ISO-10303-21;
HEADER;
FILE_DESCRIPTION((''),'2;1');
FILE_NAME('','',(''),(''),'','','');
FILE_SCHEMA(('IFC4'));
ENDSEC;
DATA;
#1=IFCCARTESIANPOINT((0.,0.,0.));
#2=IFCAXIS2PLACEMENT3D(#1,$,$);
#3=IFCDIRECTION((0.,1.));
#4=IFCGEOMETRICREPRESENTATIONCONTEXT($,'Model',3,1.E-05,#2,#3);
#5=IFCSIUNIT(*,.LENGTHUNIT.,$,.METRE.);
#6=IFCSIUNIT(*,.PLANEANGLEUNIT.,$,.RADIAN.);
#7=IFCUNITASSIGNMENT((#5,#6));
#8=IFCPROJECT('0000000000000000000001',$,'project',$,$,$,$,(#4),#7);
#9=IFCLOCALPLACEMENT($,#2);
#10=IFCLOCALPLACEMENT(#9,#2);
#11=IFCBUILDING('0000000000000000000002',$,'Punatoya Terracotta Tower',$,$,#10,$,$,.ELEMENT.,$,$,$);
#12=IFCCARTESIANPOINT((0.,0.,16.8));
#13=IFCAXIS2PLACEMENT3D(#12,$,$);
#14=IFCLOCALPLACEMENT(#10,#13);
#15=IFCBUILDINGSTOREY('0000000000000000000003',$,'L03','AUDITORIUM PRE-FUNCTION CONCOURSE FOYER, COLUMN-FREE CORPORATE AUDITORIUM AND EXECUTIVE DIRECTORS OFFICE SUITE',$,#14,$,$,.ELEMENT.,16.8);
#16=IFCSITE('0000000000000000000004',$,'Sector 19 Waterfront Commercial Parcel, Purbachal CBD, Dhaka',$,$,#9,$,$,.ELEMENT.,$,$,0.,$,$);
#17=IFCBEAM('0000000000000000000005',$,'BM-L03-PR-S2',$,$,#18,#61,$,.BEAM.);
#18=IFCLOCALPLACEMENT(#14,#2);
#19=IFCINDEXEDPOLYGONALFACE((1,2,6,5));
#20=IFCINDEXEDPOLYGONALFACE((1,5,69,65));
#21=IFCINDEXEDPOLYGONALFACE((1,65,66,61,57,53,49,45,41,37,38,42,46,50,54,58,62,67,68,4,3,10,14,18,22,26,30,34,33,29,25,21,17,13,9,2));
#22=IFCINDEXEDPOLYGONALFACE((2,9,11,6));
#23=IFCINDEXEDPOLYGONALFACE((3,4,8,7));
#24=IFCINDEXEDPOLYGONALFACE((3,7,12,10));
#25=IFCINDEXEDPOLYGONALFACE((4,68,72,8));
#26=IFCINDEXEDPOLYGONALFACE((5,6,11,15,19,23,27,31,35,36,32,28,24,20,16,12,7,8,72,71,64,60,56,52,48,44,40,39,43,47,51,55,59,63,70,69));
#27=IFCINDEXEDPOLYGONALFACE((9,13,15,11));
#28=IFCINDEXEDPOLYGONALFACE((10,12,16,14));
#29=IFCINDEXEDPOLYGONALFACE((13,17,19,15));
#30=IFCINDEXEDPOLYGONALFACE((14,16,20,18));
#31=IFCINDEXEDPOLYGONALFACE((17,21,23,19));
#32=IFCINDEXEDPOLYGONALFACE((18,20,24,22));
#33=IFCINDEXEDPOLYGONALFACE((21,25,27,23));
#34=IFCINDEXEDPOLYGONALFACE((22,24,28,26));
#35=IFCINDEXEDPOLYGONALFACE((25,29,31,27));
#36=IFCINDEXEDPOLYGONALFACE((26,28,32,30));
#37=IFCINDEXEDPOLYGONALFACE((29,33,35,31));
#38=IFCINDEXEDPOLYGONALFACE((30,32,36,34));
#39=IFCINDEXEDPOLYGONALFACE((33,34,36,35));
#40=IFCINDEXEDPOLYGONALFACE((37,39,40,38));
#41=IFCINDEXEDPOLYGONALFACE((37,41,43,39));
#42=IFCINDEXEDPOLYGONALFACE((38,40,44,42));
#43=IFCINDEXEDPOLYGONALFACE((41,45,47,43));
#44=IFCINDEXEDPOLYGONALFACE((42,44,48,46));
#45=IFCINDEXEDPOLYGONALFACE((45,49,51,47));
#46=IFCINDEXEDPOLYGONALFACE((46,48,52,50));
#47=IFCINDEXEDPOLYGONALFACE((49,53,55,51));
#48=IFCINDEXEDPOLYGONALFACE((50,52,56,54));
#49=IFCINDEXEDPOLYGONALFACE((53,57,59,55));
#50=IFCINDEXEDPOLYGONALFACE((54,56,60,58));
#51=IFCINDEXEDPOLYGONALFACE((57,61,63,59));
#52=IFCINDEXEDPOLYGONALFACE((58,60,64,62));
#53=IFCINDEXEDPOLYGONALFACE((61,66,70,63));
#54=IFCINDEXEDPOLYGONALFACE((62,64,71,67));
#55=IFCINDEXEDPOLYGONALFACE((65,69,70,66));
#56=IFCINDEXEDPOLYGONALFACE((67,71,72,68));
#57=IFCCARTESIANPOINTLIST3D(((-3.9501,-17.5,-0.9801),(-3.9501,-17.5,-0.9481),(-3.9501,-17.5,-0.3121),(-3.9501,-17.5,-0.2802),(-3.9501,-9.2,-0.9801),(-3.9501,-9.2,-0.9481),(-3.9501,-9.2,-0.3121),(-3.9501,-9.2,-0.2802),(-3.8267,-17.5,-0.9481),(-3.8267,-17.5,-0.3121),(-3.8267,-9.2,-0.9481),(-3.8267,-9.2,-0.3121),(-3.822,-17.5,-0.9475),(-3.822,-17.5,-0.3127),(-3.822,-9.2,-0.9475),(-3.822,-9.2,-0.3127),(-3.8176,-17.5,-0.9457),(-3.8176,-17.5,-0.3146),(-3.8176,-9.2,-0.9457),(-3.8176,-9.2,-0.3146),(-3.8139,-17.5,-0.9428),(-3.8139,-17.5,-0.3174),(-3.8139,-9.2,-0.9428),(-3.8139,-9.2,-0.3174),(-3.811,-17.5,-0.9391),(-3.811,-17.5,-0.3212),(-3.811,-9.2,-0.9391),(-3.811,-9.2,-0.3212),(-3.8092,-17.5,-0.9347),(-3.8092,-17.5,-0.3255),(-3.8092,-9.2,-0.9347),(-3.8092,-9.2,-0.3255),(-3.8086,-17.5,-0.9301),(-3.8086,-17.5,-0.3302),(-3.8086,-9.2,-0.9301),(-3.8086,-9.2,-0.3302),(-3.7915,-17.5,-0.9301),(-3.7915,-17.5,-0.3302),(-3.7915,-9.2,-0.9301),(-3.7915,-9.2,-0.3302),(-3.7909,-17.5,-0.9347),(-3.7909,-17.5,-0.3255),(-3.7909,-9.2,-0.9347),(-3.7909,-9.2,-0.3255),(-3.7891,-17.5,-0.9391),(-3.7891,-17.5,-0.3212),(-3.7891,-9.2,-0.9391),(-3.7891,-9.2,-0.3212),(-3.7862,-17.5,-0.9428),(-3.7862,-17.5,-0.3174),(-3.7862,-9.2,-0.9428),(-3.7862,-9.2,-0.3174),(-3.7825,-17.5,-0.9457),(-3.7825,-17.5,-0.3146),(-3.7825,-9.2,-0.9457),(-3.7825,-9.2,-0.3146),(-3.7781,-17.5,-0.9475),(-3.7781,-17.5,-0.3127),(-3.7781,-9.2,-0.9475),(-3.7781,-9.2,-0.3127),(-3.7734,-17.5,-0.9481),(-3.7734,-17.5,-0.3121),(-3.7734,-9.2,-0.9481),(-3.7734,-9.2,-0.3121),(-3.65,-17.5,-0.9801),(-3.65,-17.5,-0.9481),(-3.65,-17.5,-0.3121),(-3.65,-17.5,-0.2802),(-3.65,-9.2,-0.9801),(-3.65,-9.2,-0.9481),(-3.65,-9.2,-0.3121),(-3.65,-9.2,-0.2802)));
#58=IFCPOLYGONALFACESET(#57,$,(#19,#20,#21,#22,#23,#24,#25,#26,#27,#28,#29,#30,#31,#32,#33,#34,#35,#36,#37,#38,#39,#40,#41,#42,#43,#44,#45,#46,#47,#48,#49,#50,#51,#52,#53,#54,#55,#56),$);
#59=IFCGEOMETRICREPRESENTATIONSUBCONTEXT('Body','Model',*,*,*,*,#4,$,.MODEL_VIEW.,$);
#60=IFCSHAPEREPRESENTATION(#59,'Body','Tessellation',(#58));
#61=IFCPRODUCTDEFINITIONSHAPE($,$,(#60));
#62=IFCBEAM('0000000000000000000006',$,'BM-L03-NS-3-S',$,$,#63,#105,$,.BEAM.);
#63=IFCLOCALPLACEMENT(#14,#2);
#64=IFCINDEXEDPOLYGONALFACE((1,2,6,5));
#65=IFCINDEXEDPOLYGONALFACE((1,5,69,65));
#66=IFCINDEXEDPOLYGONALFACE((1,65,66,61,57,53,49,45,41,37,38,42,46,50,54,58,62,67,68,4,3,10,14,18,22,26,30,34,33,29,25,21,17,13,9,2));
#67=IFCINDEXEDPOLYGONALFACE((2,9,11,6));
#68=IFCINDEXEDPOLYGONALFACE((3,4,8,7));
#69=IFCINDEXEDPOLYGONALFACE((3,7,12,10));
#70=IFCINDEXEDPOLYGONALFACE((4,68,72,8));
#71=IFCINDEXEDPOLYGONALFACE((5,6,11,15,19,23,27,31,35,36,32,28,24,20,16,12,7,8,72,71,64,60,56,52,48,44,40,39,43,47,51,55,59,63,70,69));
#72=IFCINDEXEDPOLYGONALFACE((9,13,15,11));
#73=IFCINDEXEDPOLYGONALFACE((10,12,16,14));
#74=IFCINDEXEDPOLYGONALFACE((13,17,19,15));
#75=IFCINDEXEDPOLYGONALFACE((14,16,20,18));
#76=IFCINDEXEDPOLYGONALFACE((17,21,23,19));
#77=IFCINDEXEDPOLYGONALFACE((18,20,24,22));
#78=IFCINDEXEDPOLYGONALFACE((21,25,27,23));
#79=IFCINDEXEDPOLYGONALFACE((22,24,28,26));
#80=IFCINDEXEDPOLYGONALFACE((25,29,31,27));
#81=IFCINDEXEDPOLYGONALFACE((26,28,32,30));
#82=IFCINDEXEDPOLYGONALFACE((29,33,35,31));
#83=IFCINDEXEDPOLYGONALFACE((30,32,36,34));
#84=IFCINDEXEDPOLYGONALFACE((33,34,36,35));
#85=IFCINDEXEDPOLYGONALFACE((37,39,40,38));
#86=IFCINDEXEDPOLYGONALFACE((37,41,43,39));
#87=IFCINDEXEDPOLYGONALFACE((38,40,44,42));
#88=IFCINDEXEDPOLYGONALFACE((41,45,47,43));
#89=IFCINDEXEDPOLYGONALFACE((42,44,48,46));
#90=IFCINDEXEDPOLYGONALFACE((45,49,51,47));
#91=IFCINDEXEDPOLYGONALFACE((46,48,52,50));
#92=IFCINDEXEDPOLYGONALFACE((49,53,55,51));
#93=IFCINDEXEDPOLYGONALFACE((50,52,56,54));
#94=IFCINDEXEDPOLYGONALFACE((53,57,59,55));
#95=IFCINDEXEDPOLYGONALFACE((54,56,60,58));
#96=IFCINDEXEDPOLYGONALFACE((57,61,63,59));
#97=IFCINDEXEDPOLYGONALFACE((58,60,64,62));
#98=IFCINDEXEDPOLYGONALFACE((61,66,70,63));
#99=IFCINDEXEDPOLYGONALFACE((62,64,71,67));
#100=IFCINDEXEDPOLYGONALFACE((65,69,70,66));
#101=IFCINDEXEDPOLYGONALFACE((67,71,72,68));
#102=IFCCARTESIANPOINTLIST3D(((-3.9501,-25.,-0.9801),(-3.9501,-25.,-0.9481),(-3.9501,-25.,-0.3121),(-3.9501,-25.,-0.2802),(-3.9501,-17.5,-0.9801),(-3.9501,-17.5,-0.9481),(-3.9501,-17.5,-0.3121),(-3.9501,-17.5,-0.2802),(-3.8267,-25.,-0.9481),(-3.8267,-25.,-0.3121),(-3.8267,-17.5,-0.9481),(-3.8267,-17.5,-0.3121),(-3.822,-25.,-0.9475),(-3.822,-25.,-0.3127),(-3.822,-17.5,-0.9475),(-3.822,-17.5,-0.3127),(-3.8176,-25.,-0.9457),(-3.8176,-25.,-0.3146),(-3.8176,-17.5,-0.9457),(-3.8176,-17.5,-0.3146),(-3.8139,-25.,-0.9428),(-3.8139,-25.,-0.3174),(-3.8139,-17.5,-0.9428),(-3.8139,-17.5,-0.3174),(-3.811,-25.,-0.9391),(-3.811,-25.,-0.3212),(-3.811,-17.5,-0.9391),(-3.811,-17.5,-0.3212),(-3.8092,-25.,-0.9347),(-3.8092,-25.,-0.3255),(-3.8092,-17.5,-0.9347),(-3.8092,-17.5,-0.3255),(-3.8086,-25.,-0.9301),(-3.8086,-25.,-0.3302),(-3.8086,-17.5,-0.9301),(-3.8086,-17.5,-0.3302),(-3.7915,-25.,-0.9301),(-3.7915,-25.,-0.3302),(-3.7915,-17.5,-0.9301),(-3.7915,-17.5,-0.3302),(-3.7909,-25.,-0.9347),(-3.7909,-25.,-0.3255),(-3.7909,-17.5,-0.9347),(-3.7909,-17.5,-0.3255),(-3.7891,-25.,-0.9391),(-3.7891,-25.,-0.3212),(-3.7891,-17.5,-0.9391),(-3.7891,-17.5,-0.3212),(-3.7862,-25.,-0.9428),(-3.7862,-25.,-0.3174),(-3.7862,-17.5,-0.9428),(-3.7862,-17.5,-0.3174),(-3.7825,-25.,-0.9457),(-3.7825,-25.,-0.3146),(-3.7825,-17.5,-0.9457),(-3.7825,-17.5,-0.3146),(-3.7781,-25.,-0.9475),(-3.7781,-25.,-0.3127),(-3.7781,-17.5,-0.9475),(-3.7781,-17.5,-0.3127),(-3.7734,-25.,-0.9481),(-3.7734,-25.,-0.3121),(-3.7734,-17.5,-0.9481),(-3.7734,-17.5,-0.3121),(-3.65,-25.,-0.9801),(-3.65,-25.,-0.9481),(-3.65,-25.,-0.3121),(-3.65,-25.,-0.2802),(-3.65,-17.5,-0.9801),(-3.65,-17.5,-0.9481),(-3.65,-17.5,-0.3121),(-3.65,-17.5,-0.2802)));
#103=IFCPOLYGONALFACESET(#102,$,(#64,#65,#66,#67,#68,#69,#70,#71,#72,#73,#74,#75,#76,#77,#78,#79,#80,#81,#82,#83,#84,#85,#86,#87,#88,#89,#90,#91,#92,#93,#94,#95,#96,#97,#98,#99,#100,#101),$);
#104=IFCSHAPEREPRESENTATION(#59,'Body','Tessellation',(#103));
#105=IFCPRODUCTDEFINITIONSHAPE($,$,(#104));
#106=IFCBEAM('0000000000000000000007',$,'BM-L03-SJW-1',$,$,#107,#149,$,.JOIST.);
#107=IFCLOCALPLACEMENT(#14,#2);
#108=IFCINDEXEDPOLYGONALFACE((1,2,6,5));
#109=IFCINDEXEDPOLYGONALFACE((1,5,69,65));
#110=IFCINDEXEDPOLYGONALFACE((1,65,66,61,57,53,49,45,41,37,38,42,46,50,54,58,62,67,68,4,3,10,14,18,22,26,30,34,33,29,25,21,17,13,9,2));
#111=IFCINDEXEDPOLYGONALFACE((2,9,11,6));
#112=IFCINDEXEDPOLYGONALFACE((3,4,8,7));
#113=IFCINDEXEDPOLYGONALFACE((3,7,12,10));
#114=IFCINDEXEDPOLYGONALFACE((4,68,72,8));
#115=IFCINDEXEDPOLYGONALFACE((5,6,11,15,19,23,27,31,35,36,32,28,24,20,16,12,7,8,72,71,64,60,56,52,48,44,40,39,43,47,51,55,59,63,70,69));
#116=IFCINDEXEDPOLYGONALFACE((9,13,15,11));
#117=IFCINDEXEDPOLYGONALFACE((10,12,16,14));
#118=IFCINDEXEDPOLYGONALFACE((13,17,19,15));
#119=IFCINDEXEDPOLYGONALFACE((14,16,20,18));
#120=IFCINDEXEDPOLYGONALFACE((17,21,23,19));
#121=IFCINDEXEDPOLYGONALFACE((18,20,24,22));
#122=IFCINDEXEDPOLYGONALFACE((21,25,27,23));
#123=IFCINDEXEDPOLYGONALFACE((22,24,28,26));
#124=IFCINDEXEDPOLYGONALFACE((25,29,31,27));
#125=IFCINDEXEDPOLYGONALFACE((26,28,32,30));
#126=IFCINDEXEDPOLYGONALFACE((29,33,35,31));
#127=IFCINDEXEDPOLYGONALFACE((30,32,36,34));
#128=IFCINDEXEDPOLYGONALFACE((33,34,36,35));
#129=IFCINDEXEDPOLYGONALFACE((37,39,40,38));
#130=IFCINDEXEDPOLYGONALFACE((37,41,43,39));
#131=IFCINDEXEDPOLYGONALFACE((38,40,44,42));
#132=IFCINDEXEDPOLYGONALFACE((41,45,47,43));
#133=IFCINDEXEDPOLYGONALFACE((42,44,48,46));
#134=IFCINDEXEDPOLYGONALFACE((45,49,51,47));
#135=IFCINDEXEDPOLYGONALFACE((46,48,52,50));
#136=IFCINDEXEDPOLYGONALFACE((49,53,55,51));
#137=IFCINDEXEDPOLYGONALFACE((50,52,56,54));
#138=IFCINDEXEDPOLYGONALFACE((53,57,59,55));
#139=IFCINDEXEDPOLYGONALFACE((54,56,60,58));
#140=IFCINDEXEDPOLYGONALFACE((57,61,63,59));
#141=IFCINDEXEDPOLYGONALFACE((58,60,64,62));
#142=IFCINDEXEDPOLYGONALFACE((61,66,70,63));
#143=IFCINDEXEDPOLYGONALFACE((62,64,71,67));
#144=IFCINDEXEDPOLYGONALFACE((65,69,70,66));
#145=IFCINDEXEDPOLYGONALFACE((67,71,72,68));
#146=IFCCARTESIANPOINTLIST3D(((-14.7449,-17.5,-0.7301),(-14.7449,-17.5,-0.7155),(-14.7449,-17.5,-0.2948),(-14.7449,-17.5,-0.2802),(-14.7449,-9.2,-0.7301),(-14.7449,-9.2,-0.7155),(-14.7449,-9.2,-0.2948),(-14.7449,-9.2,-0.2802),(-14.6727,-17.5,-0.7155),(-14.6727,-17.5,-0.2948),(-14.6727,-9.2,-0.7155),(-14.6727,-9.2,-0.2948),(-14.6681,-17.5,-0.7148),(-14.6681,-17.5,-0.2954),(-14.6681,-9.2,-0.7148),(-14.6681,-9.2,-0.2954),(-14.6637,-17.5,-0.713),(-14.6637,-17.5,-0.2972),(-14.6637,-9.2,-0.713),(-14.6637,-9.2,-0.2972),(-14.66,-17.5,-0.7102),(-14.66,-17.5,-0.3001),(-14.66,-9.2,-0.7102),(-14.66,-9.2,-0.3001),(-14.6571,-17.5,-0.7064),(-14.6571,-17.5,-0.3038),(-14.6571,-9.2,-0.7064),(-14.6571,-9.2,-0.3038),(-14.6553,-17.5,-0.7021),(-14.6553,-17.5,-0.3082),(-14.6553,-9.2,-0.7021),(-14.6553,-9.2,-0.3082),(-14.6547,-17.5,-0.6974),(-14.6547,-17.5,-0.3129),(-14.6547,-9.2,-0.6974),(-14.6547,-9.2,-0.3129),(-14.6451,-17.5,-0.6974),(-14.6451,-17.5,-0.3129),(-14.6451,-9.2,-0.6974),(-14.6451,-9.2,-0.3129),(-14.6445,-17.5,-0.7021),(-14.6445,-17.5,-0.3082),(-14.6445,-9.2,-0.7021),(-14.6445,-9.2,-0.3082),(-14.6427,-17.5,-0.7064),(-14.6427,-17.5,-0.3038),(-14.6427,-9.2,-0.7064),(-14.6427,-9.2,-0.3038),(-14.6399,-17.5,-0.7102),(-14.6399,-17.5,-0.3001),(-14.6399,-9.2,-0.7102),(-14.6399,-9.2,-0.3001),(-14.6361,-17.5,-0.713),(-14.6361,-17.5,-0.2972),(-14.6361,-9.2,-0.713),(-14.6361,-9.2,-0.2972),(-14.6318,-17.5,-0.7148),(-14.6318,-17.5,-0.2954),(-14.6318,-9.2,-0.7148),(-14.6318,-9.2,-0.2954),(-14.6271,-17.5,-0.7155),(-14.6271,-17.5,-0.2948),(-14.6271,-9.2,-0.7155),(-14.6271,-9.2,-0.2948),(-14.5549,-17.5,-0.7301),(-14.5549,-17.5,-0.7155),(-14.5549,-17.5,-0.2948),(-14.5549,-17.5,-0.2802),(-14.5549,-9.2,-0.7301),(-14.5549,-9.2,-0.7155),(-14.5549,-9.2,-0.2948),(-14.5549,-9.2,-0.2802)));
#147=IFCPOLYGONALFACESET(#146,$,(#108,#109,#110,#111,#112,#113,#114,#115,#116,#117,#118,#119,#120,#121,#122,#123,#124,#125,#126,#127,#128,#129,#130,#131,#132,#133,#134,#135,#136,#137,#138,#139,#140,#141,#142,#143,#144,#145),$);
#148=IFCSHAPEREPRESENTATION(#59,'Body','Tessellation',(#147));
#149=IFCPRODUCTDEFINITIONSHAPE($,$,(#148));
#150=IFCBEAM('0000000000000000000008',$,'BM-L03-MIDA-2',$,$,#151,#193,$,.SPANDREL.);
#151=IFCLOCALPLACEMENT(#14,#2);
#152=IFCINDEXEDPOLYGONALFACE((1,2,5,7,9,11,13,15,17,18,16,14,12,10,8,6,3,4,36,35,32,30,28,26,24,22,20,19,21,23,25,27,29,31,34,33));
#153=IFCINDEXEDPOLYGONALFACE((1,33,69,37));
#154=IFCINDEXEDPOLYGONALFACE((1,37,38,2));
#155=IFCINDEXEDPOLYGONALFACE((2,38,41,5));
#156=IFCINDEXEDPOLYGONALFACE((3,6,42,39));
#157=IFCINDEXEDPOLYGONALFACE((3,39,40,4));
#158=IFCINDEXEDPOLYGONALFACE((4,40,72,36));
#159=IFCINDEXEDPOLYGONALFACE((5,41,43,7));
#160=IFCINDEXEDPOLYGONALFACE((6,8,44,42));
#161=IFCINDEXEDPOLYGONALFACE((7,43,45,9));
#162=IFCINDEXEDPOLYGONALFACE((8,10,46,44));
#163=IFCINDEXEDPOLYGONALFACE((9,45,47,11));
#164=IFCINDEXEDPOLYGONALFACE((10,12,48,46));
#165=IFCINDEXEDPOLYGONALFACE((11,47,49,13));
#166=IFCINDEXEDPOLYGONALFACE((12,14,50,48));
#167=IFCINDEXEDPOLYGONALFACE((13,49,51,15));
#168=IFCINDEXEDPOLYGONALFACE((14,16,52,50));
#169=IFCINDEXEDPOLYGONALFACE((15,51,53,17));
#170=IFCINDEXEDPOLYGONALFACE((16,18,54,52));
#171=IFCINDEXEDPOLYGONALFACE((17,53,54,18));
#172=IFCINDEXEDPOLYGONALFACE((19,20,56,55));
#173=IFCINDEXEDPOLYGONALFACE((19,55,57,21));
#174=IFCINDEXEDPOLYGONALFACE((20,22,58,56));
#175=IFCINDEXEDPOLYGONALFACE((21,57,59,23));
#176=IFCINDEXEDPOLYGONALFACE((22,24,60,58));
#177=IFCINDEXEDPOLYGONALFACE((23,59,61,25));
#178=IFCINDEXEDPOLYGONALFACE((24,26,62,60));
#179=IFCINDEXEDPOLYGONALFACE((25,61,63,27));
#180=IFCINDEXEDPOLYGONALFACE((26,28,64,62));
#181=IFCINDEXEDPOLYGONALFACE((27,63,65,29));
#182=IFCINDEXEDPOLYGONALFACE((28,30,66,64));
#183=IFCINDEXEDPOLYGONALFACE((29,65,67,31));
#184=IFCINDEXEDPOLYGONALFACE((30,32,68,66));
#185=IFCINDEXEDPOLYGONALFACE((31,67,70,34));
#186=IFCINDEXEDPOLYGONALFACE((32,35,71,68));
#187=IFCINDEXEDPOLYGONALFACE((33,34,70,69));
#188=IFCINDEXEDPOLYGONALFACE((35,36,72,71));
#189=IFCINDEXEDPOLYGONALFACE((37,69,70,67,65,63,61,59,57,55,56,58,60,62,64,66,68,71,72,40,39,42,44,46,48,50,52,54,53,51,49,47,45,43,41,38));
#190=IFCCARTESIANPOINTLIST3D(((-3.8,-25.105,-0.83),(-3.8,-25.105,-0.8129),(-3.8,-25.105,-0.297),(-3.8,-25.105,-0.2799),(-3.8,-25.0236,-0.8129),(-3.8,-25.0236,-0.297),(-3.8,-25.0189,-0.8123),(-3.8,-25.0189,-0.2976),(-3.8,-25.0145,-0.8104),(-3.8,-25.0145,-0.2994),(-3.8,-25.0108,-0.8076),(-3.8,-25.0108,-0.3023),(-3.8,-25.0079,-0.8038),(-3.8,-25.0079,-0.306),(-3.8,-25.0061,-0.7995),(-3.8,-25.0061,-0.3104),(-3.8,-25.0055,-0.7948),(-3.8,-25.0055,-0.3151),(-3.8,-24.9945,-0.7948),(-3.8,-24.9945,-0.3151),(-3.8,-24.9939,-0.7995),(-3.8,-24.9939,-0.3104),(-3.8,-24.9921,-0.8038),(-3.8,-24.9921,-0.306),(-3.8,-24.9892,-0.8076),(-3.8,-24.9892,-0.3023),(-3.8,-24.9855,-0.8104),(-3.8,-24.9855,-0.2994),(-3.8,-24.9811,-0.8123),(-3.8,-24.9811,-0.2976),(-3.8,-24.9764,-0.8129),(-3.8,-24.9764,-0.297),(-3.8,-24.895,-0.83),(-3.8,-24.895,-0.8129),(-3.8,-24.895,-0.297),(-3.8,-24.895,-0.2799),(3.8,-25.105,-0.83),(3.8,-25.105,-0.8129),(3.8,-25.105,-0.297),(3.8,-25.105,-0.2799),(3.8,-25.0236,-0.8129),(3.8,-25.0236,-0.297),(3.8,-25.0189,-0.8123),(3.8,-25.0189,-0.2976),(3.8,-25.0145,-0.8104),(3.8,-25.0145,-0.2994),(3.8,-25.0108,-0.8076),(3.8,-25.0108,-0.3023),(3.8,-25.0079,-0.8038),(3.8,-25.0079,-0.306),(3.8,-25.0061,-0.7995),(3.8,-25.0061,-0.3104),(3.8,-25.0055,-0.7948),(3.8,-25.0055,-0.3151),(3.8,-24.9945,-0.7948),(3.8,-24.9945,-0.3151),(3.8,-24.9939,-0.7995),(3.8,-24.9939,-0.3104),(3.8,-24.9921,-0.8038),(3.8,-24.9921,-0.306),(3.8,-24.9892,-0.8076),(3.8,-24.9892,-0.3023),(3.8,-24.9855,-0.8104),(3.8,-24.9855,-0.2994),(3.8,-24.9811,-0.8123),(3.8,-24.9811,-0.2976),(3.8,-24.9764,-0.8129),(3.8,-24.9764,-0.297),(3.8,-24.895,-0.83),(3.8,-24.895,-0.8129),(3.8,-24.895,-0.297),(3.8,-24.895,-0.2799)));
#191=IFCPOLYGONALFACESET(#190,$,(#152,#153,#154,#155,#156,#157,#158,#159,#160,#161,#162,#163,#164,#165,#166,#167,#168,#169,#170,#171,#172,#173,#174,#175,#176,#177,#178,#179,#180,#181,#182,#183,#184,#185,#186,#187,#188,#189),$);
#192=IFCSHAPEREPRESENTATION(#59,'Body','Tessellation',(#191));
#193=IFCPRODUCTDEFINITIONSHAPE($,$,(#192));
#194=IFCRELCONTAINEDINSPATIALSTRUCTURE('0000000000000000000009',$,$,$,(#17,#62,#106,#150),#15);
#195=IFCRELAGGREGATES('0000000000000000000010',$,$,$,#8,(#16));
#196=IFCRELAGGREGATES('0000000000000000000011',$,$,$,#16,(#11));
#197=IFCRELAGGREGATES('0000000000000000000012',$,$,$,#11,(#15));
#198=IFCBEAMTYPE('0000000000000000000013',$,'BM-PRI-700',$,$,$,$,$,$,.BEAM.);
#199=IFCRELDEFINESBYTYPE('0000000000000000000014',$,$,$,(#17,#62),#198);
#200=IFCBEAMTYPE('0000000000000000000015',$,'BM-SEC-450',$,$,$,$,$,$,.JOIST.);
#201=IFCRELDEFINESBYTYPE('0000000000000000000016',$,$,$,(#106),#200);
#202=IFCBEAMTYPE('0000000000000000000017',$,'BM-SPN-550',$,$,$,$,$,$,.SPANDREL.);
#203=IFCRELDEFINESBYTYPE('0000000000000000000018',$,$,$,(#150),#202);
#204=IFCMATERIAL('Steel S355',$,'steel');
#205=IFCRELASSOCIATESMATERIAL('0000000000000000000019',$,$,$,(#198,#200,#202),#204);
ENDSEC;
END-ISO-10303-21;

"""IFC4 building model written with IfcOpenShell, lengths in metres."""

from ifc_helpers import new_model, si_unit, direction, frame, origin, origin_2d, place, context, subcontext, project, spatial, i_section, extrude, material, material_profile, profile_set, type_object, element, save


model = new_model("IFC4")

# Units and contexts
model_context = context("Model", 3, precision=1e-05, world=origin(), true_north=direction((0.0, 1.0)))
body_context = subcontext(model_context, "Body", "Model", "MODEL_VIEW")
ifc_project = project(units=[si_unit("LENGTHUNIT", "METRE"), si_unit("PLANEANGLEUNIT", "RADIAN")], contexts=[model_context])

# Site, building, storey
site_placement = place(None, origin())
site = spatial("IfcSite", under=ifc_project, at=site_placement, Name="Sector 19 Waterfront Commercial Parcel, Purbachal CBD, Dhaka", CompositionType="ELEMENT", RefElevation=0.0)
building_placement = place(site_placement, origin())
building = spatial("IfcBuilding", under=site, at=building_placement, Name="Punatoya Terracotta Tower", CompositionType="ELEMENT")
storey_placement = place(building_placement, frame((0.0, 0.0, 16.8)))
storey = spatial("IfcBuildingStorey", under=building, at=storey_placement, Name="L03", Description="AUDITORIUM PRE-FUNCTION CONCOURSE FOYER, COLUMN-FREE CORPORATE AUDITORIUM AND EXECUTIVE DIRECTORS OFFICE SUITE", CompositionType="ELEMENT", Elevation=16.8)

# Beams
ifc_material_1 = material(Name="Steel S355", Category="steel")
ifc_material_profile_1 = material_profile(ifc_material_1, i_section(OverallWidth=0.3, OverallDepth=0.7, WebThickness=0.0171, FlangeThickness=0.032, FilletRadius=0.0181, at=origin_2d()))
ifc_profile_set_1 = profile_set([ifc_material_profile_1], Name="Steel S355")
beam_type_1 = type_object("IfcBeamType", Name="BM-PRI-700", PredefinedType="BEAM", material=ifc_profile_set_1)
for number, where, z_axis, x_axis, name in (
    (1, (-3.8, -17.5, -0.6301), (0.0, 1.0, 0.0), (-1.0, 0.0, 0.0), "BM-L03-PR-S2"),
):
    element("IfcBeam", number, at=place(storey_placement, frame(where, z_axis=z_axis, x_axis=x_axis)), inside=storey, type_object=beam_type_1, Name=name, PredefinedType="BEAM", context=body_context, shape_type="SweptSolid", body=[
        extrude(i_section(OverallWidth=0.3, OverallDepth=0.7, WebThickness=0.0171, FlangeThickness=0.032, FilletRadius=0.0181, at=origin_2d()), origin(), (0.0, 0.0, 1.0), 8.3),
    ])
beam_1_placement = place(storey_placement, frame((-3.8, -25.0, -0.6301), z_axis=(0.0, 1.0, 0.0), x_axis=(-1.0, 0.0, 0.0)))
element("IfcBeam", 2, at=beam_1_placement, inside=storey, type_object=beam_type_1, Name="BM-L03-NS-3-S", PredefinedType="BEAM", context=body_context, shape_type="SweptSolid", body=[
    extrude(i_section(OverallWidth=0.3, OverallDepth=0.7, WebThickness=0.0171, FlangeThickness=0.032, FilletRadius=0.0181, at=origin_2d()), origin(), (0.0, 0.0, 1.0), 7.5),
])
ifc_material_profile_2 = material_profile(ifc_material_1, i_section(OverallWidth=0.1899, OverallDepth=0.45, WebThickness=0.0095, FlangeThickness=0.0146, FilletRadius=0.0181, at=origin_2d()))
ifc_profile_set_2 = profile_set([ifc_material_profile_2], Name="Steel S355")
beam_type_2 = type_object("IfcBeamType", Name="BM-SEC-450", PredefinedType="JOIST", material=ifc_profile_set_2)
beam_2_placement = place(storey_placement, frame((-14.6499, -17.5, -0.5051), z_axis=(0.0, 1.0, 0.0), x_axis=(-1.0, 0.0, 0.0)))
element("IfcBeam", 3, at=beam_2_placement, inside=storey, type_object=beam_type_2, Name="BM-L03-SJW-1", PredefinedType="JOIST", context=body_context, shape_type="SweptSolid", body=[
    extrude(i_section(OverallWidth=0.1899, OverallDepth=0.45, WebThickness=0.0095, FlangeThickness=0.0146, FilletRadius=0.0181, at=origin_2d()), origin(), (0.0, 0.0, 1.0), 8.3),
])
ifc_material_profile_3 = material_profile(ifc_material_1, i_section(OverallWidth=0.21, OverallDepth=0.55, WebThickness=0.011, FlangeThickness=0.0171, FilletRadius=0.0181, at=origin_2d()))
ifc_profile_set_3 = profile_set([ifc_material_profile_3], Name="Steel S355")
beam_type_3 = type_object("IfcBeamType", Name="BM-SPN-550", PredefinedType="SPANDREL", material=ifc_profile_set_3)
beam_3_placement = place(storey_placement, frame((-3.8, -25.0, -0.5549), z_axis=(1.0, 0.0, 0.0), x_axis=(0.0, 1.0, 0.0)))
element("IfcBeam", 4, at=beam_3_placement, inside=storey, type_object=beam_type_3, Name="BM-L03-MIDA-2", PredefinedType="SPANDREL", context=body_context, shape_type="SweptSolid", body=[
    extrude(i_section(OverallWidth=0.21, OverallDepth=0.55, WebThickness=0.011, FlangeThickness=0.0171, FilletRadius=0.0181, at=origin_2d()), origin(), (0.0, 0.0, 1.0), 7.6001),
])

save(model, "model.ifc")
